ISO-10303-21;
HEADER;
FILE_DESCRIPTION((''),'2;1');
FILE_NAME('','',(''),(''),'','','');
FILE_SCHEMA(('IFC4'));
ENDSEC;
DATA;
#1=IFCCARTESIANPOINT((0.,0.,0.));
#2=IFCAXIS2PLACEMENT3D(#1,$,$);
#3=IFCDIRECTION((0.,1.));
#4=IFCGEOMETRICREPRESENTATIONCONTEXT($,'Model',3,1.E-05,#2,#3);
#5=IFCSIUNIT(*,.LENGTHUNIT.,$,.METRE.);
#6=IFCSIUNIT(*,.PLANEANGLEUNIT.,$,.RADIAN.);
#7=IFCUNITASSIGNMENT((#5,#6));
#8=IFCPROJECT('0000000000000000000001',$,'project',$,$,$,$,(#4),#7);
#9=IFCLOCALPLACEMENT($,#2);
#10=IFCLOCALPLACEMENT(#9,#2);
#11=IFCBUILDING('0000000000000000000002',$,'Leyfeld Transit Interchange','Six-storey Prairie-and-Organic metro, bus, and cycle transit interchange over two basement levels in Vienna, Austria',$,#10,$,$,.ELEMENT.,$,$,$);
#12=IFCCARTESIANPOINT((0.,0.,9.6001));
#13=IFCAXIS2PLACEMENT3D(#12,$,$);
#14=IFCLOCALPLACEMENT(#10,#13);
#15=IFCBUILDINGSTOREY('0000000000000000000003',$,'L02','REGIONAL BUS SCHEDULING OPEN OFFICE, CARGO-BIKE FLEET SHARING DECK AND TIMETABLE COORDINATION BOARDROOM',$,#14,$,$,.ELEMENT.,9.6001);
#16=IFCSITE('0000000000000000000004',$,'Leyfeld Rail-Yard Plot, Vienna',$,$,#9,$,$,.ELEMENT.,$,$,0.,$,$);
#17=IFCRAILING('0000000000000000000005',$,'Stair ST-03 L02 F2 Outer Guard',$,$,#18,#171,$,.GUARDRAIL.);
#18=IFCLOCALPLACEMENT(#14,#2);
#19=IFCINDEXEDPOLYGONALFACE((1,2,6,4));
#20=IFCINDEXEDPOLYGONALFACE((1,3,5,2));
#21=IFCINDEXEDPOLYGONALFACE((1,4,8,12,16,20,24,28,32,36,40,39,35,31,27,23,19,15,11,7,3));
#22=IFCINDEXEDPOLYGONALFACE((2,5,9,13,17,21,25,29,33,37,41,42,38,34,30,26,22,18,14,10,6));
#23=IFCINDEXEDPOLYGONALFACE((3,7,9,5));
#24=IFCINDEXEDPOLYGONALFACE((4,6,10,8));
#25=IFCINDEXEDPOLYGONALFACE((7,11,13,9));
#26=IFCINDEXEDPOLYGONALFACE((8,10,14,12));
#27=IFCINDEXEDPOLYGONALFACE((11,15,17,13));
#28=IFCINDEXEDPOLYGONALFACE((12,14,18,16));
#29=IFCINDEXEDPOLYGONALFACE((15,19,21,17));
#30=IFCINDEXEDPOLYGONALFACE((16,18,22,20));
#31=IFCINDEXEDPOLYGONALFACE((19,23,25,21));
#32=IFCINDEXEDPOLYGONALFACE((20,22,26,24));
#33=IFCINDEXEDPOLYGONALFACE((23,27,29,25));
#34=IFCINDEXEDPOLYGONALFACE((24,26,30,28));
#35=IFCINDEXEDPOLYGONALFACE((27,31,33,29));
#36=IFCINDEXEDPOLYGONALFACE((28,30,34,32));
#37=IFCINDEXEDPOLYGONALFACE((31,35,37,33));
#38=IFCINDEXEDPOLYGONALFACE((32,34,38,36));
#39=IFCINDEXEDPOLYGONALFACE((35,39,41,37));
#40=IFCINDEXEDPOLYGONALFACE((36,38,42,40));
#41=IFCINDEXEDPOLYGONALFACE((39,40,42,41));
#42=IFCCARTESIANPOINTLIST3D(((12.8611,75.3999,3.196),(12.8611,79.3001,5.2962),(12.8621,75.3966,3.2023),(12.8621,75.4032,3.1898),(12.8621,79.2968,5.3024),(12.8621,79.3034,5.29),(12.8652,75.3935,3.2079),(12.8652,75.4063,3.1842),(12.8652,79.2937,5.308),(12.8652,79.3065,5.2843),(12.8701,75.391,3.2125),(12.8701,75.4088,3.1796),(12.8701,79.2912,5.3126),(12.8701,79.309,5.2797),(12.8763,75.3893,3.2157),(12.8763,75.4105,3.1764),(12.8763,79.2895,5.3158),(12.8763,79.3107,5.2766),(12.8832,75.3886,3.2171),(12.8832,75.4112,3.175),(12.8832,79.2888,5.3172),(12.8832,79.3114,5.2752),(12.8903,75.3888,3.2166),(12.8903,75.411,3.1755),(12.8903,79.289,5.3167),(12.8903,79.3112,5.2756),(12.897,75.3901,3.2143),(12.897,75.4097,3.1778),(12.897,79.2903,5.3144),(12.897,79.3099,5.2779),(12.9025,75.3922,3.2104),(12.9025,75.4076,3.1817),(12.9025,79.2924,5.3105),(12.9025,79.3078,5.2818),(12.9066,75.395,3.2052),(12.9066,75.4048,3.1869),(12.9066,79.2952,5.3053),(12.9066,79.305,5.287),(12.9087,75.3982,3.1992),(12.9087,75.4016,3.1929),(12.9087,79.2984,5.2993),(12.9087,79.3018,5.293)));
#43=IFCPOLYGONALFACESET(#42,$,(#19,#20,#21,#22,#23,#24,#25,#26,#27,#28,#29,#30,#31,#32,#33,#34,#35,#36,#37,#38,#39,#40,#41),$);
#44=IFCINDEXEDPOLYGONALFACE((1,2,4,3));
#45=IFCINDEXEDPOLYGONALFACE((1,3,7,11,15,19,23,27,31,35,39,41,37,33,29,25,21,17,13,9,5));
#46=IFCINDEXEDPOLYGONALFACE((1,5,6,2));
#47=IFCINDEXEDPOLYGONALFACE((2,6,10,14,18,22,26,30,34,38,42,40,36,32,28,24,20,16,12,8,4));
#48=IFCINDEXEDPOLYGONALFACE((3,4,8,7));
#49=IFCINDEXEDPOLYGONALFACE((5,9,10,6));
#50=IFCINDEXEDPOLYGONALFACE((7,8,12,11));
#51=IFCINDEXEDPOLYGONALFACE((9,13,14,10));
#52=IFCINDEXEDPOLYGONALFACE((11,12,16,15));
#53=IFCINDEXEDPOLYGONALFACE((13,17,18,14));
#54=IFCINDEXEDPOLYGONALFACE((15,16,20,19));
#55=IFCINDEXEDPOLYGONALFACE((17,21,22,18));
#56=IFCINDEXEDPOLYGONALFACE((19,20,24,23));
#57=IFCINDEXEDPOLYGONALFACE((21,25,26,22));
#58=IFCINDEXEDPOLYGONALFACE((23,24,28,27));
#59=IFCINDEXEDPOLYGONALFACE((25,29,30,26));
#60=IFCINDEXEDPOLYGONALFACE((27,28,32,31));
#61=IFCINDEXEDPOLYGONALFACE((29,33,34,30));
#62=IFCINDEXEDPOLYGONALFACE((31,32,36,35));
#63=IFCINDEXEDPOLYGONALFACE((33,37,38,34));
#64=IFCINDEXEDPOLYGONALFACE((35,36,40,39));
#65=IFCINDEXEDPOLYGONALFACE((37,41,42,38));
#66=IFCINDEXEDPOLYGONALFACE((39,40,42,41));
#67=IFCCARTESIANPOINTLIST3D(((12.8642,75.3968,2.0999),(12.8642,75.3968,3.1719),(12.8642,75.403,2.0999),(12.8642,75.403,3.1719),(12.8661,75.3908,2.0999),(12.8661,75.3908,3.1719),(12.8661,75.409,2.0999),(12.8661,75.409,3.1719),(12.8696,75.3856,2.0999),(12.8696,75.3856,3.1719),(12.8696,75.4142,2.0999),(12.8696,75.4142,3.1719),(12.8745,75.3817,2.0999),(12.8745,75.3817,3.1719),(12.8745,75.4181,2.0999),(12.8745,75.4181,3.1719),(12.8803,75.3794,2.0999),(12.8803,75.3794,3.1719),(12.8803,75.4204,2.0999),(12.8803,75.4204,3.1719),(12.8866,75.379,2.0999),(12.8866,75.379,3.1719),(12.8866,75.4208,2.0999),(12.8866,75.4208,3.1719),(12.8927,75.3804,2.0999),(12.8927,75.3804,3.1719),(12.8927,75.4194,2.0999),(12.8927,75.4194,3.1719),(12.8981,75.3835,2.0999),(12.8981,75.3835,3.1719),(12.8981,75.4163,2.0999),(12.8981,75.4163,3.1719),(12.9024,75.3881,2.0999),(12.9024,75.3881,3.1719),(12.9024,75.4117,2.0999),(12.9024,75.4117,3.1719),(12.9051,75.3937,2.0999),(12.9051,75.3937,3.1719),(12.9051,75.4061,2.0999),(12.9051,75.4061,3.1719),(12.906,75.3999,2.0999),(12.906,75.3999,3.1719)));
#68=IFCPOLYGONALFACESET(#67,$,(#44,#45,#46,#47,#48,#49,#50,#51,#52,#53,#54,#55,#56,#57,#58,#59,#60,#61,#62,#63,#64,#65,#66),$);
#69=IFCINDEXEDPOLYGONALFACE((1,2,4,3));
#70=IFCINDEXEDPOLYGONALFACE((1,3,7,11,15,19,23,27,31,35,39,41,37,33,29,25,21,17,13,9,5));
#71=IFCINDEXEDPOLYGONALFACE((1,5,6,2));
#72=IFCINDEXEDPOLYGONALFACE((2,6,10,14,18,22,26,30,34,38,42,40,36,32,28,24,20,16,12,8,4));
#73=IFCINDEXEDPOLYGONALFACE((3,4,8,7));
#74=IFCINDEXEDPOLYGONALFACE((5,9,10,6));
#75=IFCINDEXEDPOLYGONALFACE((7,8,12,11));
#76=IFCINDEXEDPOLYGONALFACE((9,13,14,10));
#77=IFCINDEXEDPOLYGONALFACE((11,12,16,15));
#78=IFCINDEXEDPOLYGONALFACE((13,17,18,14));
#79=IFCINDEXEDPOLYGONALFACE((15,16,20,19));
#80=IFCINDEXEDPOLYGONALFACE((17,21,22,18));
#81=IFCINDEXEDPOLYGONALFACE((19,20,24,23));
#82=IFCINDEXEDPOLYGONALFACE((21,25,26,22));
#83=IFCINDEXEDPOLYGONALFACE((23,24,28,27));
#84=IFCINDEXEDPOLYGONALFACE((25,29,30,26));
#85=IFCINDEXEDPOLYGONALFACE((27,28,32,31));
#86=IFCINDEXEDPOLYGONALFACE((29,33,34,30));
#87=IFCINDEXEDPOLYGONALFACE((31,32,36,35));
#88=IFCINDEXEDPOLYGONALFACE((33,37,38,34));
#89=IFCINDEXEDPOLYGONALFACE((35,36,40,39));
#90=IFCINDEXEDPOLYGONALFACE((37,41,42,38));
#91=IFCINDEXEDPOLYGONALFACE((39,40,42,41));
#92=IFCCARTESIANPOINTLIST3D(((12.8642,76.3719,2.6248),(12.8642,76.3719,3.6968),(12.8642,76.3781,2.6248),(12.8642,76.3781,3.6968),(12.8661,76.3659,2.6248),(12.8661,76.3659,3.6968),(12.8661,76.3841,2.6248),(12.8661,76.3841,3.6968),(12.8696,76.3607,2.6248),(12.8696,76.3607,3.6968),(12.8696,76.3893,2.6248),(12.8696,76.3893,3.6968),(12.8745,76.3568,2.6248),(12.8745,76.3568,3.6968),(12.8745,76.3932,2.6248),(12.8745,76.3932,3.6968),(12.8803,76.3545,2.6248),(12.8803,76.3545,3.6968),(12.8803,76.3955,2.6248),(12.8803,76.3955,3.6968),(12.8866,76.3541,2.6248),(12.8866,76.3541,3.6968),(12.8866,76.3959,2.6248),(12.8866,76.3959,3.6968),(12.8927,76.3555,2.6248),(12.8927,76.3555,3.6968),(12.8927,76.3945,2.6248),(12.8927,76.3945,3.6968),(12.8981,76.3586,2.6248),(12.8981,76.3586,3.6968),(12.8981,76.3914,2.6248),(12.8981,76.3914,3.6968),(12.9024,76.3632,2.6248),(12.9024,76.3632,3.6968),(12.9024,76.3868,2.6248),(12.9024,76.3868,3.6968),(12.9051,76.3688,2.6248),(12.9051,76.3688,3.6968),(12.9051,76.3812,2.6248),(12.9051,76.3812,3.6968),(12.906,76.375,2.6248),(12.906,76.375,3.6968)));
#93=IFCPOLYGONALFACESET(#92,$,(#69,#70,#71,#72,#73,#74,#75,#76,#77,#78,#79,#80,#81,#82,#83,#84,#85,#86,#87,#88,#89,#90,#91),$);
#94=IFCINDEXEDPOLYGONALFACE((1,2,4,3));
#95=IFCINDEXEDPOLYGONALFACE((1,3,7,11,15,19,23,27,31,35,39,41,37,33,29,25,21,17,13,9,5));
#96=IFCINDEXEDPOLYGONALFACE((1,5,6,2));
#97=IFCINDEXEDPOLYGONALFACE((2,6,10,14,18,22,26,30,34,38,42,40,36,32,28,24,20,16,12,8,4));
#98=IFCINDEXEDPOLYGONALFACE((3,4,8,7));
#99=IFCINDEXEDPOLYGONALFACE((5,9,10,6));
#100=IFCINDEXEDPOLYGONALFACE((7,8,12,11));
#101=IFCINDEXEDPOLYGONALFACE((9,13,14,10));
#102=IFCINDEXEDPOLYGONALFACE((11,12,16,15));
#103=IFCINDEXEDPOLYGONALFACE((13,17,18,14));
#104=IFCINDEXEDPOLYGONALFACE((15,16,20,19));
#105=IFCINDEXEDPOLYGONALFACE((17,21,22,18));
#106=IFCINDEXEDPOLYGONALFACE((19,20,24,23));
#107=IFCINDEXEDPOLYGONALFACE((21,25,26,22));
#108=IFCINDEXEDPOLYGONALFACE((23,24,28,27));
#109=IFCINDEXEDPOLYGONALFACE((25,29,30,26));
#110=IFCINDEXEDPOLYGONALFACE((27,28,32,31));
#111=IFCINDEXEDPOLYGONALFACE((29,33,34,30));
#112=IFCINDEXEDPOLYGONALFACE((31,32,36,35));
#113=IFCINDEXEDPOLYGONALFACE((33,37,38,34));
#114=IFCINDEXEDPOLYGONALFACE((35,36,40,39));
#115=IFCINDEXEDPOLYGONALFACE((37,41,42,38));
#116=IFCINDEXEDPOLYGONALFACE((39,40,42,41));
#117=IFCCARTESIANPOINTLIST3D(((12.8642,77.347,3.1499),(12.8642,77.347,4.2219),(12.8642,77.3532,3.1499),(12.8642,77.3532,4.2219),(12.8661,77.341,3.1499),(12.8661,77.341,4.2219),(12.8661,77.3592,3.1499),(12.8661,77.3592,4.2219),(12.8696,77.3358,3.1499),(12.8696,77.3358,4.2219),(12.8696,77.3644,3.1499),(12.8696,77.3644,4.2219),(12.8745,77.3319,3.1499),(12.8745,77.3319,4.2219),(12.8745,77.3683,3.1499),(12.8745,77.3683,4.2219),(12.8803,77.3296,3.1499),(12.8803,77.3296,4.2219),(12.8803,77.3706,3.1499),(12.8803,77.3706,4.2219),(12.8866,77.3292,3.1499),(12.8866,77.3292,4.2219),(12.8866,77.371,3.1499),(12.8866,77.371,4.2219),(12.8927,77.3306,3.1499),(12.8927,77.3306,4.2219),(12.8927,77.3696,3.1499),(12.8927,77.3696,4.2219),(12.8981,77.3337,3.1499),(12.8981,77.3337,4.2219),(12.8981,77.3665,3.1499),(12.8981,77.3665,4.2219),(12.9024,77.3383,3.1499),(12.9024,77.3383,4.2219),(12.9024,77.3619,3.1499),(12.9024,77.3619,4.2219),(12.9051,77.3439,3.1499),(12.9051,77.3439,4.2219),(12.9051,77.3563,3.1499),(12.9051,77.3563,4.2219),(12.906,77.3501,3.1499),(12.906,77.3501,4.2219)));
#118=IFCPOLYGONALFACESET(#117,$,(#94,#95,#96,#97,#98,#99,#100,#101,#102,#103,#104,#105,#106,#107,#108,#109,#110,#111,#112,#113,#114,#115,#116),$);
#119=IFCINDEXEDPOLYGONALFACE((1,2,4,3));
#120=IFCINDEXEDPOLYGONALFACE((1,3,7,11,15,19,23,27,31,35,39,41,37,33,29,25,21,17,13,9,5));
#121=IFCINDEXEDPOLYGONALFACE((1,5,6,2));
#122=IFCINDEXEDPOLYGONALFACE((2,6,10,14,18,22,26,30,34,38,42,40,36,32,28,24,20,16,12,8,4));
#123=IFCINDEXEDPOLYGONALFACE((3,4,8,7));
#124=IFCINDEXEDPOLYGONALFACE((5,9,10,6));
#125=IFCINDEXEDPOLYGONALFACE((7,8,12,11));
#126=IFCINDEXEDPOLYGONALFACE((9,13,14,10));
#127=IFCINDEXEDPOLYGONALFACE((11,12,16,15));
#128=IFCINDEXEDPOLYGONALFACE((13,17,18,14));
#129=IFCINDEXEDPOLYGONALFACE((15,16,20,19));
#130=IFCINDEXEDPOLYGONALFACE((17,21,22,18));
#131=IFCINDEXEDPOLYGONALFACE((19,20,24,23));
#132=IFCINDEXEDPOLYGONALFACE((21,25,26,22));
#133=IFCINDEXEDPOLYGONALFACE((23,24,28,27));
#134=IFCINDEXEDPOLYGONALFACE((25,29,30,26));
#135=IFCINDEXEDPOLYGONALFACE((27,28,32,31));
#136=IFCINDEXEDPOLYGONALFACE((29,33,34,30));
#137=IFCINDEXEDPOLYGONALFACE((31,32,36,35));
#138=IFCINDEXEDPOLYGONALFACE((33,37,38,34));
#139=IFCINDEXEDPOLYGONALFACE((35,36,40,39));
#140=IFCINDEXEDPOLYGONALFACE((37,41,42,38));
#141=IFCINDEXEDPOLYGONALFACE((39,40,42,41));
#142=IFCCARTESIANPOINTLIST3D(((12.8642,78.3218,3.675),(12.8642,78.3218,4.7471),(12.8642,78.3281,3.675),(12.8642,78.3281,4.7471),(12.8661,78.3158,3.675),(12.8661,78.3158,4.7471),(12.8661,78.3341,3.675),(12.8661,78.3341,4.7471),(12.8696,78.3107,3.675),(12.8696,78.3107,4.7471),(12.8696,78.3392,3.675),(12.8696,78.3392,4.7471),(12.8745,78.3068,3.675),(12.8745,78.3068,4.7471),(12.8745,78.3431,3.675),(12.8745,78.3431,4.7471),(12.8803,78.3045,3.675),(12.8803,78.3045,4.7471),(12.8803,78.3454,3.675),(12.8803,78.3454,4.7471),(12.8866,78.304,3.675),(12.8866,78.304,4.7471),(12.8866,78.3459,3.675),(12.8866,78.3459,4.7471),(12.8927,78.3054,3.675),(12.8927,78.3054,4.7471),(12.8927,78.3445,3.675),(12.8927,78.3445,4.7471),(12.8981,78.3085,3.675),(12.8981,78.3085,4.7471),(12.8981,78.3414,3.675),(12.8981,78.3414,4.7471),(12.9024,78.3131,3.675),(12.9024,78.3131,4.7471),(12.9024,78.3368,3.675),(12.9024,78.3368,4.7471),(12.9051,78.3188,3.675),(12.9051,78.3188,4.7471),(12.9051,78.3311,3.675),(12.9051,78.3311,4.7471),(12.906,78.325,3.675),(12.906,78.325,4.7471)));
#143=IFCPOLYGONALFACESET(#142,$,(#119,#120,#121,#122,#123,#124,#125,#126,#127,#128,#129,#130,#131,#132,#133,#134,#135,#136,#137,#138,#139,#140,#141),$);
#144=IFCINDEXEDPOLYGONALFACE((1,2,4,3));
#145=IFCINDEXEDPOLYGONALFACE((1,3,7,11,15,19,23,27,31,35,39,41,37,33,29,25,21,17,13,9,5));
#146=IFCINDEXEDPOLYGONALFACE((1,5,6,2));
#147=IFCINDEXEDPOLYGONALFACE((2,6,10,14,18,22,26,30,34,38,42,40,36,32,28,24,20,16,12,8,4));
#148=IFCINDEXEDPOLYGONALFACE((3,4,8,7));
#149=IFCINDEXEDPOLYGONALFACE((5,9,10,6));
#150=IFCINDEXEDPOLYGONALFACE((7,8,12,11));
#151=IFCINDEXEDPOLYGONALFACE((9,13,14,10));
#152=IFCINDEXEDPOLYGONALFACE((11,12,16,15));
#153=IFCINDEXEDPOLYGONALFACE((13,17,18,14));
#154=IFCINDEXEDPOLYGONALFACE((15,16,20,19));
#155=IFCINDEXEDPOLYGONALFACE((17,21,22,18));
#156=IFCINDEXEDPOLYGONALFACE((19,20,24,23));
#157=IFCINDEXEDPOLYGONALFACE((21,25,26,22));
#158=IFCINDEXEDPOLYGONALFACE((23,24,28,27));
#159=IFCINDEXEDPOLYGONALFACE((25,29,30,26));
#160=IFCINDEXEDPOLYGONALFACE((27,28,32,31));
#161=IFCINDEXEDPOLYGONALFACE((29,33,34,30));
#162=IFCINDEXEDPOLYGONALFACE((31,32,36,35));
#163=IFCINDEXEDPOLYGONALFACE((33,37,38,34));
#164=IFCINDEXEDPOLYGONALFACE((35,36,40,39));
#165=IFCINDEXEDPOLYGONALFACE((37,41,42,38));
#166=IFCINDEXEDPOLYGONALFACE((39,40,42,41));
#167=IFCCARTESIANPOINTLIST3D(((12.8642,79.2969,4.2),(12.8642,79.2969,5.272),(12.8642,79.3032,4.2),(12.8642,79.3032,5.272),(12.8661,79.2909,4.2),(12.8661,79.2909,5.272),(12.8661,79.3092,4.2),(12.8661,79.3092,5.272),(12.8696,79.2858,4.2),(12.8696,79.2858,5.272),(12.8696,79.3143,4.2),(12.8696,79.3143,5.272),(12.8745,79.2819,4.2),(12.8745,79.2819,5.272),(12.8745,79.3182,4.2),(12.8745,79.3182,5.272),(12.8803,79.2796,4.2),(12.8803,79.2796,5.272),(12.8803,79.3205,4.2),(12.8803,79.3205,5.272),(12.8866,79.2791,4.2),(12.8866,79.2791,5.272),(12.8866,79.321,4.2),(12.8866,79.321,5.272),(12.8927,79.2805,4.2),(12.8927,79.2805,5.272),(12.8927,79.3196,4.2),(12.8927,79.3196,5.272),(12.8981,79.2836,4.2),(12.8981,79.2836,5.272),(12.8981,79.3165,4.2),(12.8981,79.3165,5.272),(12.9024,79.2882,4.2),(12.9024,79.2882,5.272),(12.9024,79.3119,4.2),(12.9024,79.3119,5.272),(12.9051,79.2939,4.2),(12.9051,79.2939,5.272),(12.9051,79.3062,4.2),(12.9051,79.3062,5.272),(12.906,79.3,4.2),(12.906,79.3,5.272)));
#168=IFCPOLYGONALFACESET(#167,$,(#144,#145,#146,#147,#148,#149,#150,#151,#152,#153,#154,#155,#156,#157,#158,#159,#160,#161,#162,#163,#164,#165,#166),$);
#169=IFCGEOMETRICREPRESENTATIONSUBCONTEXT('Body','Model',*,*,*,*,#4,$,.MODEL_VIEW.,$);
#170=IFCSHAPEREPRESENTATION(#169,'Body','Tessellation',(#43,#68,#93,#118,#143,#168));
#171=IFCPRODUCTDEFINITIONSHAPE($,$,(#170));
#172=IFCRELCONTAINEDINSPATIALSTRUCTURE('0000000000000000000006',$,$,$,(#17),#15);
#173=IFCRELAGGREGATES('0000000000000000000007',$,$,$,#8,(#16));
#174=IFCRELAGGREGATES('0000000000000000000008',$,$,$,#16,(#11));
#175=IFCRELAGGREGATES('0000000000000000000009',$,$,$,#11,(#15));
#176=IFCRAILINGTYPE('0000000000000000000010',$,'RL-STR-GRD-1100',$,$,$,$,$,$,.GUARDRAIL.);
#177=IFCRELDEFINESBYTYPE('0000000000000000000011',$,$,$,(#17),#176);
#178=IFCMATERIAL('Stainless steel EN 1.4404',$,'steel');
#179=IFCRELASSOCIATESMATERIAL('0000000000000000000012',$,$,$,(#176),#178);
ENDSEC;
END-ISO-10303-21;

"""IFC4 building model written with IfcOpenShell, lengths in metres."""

from ifc_helpers import new_model, si_unit, direction, frame, origin, origin_2d, place, context, subcontext, project, spatial, circle, extrude, material, type_object, element, save


model = new_model("IFC4")

# Units and contexts
model_context = context("Model", 3, precision=1e-05, world=origin(), true_north=direction((0.0, 1.0)))
body_context = subcontext(model_context, "Body", "Model", "MODEL_VIEW")
ifc_project = project(units=[si_unit("LENGTHUNIT", "METRE"), si_unit("PLANEANGLEUNIT", "RADIAN")], contexts=[model_context])

# Site, building, storey
site_placement = place(None, origin())
site = spatial("IfcSite", under=ifc_project, at=site_placement, Name="Leyfeld Rail-Yard Plot, Vienna", CompositionType="ELEMENT", RefElevation=0.0)
building_placement = place(site_placement, origin())
building = spatial("IfcBuilding", under=site, at=building_placement, Name="Leyfeld Transit Interchange", Description="Six-storey Prairie-and-Organic metro, bus, and cycle transit interchange over two basement levels in Vienna, Austria", CompositionType="ELEMENT")
storey_placement = place(building_placement, frame((0.0, 0.0, 9.6001)))
storey = spatial("IfcBuildingStorey", under=building, at=storey_placement, Name="L02", Description="REGIONAL BUS SCHEDULING OPEN OFFICE, CARGO-BIKE FLEET SHARING DECK AND TIMETABLE COORDINATION BOARDROOM", CompositionType="ELEMENT", Elevation=9.6001)

# Railing
ifc_material_1 = material(Name="Stainless steel EN 1.4404", Category="steel")
railing_type_1 = type_object("IfcRailingType", Name="RL-STR-GRD-1100", PredefinedType="GUARDRAIL", material=ifc_material_1)
for number, where, name in (
    (1, (12.885, 75.3999, 2.0999), "Stair ST-03 L02 F2 Outer Guard"),
):
    element("IfcRailing", number, at=place(storey_placement, frame(where)), inside=storey, type_object=railing_type_1, Name=name, PredefinedType="GUARDRAIL", context=body_context, shape_type="SweptSolid", body=[
        extrude(circle(Radius=0.0239, at=origin_2d()), frame((0.0, 0.0, 1.0962), z_axis=(0.0, 0.880469, 0.474103), x_axis=(-1.0, 0.0, 0.0)), (0.0, 0.0, 1.0), 4.4297),
        extrude(circle(Radius=0.021, at=origin_2d()), origin(), (0.0, 0.0, 1.0), 1.072),
        extrude(circle(Radius=0.021, at=origin_2d()), frame((0.0, 0.9751, 0.5249)), (0.0, 0.0, 1.0), 1.072),
        extrude(circle(Radius=0.021, at=origin_2d()), frame((0.0, 1.9502, 1.05)), (0.0, 0.0, 1.0), 1.072),
        extrude(circle(Radius=0.021, at=origin_2d()), frame((0.0, 2.925, 1.5752)), (0.0, 0.0, 1.0), 1.072),
        extrude(circle(Radius=0.021, at=origin_2d()), frame((0.0, 3.9001, 2.1001)), (0.0, 0.0, 1.0), 1.072),
    ])

save(model, "model.ifc")
